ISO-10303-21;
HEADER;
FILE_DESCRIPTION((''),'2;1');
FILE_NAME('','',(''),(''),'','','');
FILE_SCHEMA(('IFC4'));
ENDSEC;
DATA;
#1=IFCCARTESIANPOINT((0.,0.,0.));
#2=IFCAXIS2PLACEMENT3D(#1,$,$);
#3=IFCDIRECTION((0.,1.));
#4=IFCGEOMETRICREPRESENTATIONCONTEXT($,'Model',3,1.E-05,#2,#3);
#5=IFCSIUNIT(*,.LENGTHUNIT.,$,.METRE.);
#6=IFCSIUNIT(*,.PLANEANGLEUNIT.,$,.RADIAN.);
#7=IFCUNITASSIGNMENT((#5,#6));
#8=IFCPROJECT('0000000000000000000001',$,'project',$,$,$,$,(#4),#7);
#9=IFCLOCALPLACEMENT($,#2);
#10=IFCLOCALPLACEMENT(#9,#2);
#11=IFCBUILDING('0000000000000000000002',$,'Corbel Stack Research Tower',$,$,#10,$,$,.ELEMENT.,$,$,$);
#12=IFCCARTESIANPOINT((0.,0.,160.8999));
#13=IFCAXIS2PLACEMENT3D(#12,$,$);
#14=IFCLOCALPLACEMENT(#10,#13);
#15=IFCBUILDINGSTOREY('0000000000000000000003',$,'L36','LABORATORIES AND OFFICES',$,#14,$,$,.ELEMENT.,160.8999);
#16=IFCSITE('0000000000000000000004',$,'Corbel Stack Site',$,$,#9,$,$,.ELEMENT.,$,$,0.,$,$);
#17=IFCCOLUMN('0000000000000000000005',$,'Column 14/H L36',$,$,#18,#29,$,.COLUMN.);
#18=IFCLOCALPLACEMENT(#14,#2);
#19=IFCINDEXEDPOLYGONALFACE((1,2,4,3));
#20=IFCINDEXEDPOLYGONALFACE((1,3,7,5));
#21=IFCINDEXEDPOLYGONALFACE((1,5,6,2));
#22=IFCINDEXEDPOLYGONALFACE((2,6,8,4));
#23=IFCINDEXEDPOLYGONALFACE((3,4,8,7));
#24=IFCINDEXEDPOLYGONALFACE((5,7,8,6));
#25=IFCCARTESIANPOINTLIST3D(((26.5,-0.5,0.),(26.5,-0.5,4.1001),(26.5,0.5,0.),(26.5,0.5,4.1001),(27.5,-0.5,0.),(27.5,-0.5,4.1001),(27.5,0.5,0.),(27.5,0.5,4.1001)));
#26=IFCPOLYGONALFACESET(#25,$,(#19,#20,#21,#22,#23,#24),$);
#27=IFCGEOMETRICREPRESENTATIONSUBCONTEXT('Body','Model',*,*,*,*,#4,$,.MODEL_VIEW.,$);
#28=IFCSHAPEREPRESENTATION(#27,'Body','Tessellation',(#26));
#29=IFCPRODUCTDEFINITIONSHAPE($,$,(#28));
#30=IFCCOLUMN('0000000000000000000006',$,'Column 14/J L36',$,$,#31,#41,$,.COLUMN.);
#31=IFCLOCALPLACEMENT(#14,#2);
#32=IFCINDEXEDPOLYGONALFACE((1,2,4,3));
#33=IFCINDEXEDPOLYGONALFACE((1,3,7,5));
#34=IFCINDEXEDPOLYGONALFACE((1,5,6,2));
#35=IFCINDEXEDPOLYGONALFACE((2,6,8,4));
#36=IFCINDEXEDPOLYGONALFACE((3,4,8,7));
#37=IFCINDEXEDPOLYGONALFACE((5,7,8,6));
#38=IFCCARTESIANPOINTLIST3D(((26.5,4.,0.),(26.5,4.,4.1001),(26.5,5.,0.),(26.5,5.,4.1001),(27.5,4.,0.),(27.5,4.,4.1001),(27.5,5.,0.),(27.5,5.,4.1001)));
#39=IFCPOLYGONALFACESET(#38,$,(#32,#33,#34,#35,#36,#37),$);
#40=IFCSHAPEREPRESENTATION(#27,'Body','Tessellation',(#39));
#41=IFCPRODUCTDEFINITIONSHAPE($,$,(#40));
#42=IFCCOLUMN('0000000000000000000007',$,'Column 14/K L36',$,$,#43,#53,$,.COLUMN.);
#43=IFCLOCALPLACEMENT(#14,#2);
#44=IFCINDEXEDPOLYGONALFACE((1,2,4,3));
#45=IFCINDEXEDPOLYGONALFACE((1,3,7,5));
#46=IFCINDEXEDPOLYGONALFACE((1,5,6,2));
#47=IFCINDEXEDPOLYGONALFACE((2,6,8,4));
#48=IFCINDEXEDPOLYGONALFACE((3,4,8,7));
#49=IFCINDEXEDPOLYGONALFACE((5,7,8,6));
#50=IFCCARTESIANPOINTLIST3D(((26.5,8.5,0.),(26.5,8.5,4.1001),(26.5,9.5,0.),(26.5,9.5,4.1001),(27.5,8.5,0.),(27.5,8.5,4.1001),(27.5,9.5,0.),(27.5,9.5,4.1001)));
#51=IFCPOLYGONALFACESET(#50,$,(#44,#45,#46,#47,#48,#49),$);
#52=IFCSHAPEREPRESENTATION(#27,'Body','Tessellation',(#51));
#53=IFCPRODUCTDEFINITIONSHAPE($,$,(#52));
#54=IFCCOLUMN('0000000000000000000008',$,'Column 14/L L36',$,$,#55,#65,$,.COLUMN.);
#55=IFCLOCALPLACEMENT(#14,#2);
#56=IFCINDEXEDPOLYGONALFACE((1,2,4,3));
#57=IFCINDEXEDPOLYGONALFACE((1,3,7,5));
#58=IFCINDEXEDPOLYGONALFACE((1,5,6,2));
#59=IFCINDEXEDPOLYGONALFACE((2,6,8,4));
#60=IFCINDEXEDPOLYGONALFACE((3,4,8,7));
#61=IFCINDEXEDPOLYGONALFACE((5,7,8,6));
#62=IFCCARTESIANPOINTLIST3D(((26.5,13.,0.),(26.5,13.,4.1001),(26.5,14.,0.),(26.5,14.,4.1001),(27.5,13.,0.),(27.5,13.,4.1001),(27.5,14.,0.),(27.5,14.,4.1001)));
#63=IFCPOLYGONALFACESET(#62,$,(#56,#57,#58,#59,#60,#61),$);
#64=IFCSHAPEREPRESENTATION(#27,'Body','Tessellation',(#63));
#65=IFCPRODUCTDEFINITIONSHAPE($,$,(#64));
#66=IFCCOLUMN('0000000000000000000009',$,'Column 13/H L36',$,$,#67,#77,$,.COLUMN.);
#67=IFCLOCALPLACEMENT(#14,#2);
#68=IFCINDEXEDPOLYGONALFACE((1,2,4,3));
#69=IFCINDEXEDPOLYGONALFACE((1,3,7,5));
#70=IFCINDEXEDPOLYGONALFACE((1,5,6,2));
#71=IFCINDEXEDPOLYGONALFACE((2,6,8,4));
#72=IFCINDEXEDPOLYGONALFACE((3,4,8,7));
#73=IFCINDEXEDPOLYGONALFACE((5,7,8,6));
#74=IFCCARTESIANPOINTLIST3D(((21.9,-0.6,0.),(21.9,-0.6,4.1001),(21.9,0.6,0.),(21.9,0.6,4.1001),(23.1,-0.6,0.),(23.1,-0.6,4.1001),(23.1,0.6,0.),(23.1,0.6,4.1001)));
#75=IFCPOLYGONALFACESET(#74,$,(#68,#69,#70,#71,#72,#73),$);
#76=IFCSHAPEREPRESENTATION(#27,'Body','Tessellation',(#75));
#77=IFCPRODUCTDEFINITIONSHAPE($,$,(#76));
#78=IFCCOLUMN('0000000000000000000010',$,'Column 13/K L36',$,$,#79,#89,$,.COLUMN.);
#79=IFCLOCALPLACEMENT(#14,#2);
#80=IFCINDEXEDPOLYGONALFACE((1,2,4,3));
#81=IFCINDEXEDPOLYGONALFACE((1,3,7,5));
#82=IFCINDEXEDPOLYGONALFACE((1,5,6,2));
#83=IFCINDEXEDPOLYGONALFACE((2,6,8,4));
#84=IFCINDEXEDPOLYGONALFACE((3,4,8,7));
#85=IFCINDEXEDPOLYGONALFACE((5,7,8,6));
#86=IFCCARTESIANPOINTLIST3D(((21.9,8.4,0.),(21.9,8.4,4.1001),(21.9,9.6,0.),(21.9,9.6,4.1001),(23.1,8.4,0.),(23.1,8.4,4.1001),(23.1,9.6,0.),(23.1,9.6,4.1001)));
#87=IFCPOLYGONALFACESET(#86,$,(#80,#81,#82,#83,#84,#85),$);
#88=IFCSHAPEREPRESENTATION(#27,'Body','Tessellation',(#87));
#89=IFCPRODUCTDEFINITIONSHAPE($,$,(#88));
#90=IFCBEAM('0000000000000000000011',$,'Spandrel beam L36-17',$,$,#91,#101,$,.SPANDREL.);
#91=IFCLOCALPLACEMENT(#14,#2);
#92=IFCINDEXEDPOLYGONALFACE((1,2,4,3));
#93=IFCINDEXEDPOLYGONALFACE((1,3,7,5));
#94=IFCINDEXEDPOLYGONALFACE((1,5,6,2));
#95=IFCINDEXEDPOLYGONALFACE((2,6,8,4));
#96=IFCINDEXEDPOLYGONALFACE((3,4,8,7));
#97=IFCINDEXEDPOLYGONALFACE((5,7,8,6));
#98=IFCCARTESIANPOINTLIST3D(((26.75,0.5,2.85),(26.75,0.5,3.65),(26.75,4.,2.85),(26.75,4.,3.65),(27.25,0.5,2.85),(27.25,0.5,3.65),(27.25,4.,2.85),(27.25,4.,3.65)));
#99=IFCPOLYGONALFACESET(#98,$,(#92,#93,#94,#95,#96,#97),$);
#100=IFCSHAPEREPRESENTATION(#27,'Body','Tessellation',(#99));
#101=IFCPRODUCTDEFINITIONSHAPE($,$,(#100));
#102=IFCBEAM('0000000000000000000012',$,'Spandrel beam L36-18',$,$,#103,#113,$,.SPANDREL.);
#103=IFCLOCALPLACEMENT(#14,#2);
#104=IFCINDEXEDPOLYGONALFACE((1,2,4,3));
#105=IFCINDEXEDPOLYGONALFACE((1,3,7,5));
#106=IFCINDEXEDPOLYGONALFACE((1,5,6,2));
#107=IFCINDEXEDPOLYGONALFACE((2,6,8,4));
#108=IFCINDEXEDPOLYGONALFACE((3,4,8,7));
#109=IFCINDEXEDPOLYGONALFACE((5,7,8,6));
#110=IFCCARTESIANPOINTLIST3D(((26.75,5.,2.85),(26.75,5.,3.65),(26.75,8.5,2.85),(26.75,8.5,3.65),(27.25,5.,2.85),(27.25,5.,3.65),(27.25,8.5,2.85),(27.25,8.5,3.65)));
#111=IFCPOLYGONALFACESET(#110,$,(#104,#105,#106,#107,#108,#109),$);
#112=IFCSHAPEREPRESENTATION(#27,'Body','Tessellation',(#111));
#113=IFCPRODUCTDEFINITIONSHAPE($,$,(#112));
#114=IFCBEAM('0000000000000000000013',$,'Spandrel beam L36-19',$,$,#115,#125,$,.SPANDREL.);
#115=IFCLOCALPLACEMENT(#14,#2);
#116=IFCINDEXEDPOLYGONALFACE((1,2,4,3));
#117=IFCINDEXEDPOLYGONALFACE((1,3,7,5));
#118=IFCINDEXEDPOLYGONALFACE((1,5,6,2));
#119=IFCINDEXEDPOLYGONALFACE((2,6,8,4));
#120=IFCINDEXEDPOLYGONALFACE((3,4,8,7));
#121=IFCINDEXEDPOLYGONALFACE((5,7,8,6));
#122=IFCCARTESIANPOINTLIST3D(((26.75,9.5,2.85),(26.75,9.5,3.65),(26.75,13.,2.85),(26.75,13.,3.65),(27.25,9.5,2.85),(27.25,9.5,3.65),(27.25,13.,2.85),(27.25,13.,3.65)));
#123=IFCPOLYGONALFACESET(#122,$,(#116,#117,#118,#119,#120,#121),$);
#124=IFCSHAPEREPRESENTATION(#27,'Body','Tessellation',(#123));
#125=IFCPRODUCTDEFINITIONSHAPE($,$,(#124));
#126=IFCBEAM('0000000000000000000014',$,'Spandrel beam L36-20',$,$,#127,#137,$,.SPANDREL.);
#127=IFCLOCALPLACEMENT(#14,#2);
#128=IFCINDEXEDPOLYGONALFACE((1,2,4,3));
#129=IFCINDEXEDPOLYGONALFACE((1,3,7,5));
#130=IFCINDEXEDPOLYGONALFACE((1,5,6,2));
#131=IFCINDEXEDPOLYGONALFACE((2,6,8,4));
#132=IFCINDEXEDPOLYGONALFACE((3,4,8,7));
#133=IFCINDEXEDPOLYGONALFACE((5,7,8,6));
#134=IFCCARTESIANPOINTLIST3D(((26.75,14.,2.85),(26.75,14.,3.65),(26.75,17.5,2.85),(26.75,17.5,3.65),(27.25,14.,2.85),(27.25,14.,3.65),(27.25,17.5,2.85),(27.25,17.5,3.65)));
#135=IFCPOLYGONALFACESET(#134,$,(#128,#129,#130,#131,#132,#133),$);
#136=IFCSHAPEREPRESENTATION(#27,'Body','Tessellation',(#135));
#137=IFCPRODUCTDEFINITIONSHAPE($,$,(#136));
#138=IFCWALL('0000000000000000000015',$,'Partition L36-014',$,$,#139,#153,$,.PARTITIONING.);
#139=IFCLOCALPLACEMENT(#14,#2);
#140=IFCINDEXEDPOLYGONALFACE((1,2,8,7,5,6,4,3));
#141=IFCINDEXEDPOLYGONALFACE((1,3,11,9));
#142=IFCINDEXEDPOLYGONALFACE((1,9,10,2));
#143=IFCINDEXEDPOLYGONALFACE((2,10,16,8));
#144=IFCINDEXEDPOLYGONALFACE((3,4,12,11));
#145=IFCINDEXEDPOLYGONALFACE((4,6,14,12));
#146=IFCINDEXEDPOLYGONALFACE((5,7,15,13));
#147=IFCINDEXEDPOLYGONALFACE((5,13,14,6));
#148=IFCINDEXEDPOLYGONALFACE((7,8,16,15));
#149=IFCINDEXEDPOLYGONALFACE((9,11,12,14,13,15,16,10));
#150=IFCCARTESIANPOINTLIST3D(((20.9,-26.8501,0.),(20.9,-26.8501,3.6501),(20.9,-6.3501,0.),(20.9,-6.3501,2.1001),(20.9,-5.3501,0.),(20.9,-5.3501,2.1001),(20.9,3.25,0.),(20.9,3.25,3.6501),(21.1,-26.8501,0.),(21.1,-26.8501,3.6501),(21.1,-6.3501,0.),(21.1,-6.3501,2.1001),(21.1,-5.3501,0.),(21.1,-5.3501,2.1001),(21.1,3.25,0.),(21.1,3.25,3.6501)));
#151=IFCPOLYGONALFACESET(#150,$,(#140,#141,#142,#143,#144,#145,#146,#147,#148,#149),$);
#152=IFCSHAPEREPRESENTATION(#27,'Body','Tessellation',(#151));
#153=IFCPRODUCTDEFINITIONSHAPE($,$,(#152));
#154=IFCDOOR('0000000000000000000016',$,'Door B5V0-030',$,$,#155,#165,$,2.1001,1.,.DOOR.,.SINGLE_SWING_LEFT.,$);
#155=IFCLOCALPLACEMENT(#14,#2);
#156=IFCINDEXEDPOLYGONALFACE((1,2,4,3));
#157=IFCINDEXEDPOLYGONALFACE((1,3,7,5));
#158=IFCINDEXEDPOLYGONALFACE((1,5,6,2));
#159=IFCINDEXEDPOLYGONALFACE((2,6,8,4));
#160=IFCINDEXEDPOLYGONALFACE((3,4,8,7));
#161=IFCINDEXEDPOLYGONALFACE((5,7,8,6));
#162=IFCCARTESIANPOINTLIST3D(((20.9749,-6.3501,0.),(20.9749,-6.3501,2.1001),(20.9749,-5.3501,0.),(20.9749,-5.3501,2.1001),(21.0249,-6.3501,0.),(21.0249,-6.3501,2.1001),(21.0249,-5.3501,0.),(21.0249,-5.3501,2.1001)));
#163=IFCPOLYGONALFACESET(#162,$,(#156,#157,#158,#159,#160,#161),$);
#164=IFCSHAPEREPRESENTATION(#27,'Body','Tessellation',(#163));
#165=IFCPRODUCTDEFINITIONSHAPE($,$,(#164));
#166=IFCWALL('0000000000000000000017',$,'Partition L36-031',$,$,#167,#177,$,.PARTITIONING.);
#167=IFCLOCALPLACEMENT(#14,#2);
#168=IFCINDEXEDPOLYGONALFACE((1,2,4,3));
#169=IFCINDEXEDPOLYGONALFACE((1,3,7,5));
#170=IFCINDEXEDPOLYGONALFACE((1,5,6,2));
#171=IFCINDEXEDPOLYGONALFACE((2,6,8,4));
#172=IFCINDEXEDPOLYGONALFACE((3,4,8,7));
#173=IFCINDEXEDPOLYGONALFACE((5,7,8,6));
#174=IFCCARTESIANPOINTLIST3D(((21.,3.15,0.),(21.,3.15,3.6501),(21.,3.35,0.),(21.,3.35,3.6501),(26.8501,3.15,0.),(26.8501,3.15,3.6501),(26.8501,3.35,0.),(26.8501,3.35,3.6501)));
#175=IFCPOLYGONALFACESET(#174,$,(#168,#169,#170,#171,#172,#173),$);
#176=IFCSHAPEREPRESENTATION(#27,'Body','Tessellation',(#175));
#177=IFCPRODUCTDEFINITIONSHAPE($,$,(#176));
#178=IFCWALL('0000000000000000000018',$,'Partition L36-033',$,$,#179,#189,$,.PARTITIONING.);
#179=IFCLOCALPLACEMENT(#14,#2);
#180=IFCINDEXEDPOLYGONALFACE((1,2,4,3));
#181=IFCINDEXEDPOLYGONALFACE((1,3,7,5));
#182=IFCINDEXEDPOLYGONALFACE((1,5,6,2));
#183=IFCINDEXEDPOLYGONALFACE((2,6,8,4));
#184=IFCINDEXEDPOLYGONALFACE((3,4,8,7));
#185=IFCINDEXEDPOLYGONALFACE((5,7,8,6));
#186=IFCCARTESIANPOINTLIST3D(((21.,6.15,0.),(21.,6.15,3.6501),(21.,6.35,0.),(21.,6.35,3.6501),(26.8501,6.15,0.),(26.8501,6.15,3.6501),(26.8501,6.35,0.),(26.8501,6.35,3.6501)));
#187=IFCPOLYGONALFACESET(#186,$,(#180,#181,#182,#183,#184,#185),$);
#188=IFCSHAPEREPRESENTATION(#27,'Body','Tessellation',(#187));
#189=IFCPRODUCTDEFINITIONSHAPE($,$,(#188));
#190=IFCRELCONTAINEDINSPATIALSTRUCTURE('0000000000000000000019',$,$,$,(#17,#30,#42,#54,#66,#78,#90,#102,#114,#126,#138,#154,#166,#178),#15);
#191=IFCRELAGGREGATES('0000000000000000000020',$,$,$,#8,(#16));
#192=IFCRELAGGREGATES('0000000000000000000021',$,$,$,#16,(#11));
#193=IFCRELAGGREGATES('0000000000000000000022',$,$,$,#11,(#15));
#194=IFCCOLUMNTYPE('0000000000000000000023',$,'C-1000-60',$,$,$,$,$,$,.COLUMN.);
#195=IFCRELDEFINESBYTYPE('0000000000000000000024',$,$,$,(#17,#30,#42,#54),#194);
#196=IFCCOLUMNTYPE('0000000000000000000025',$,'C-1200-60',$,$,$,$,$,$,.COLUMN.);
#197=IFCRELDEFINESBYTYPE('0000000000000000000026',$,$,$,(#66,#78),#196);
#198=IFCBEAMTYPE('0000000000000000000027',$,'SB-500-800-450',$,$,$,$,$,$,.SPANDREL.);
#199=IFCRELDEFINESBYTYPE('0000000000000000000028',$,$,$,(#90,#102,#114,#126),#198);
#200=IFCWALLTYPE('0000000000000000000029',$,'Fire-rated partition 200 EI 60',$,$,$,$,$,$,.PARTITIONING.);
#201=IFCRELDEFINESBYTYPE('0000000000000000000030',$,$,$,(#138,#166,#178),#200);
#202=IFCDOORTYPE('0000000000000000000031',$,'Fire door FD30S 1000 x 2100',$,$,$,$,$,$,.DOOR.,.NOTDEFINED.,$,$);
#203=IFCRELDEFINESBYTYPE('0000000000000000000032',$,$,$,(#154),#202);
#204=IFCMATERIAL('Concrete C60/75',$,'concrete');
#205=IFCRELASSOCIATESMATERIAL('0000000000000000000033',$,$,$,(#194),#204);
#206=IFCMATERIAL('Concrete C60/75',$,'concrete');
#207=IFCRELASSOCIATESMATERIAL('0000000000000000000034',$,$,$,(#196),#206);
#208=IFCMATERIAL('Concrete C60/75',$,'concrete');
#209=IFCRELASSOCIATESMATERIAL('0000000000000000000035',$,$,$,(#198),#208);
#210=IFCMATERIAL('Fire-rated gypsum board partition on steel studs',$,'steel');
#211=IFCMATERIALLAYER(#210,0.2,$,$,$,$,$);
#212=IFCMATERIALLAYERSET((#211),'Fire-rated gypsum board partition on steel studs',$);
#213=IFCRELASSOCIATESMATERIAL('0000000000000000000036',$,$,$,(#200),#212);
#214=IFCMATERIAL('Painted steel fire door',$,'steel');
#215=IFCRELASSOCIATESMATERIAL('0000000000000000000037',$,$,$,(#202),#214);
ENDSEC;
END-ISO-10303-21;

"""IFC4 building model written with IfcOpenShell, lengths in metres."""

from ifc_helpers import new_model, si_unit, direction, frame, frame_2d, origin, origin_2d, place, context, subcontext, project, spatial, rectangle, extrude, material, layer, layer_set, material_profile, profile_set, type_object, element, fill, save


model = new_model("IFC4")

# Units and contexts
model_context = context("Model", 3, precision=1e-05, world=origin(), true_north=direction((0.0, 1.0)))
body_context = subcontext(model_context, "Body", "Model", "MODEL_VIEW")
ifc_project = project(units=[si_unit("LENGTHUNIT", "METRE"), si_unit("PLANEANGLEUNIT", "RADIAN")], contexts=[model_context])

# Site, building, storey
site_placement = place(None, origin())
site = spatial("IfcSite", under=ifc_project, at=site_placement, Name="Corbel Stack Site", CompositionType="ELEMENT", RefElevation=0.0)
building_placement = place(site_placement, origin())
building = spatial("IfcBuilding", under=site, at=building_placement, Name="Corbel Stack Research Tower", CompositionType="ELEMENT")
storey_placement = place(building_placement, frame((0.0, 0.0, 160.8999)))
storey = spatial("IfcBuildingStorey", under=building, at=storey_placement, Name="L36", Description="LABORATORIES AND OFFICES", CompositionType="ELEMENT", Elevation=160.8999)

# Columns
ifc_material_1 = material(Name="Concrete C60/75", Category="concrete")
ifc_material_profile_1 = material_profile(ifc_material_1, rectangle(XDim=1.0, YDim=1.0, at=origin_2d()), Name="RC 1000 x 1000")
ifc_profile_set_1 = profile_set([ifc_material_profile_1], Name="Concrete C60/75")
column_type_1 = type_object("IfcColumnType", Name="C-1000-60", PredefinedType="COLUMN", material=ifc_profile_set_1)
for number, where, z_axis, x_axis, name in (
    (1, (27.0, 0.0, 0.0), (0.0, 0.0, 1.0), (1.0, 0.0, 0.0), "Column 14/H L36"),
    (2, (27.0, 4.5, 0.0), (0.0, 0.0, 1.0), (1.0, 0.0, 0.0), "Column 14/J L36"),
    (3, (27.0, 9.0, 0.0), (0.0, 0.0, 1.0), (1.0, 0.0, 0.0), "Column 14/K L36"),
    (4, (27.0, 13.5, 0.0), (0.0, 0.0, 1.0), (1.0, 0.0, 0.0), "Column 14/L L36"),
):
    element("IfcColumn", number, at=place(storey_placement, frame(where, z_axis=z_axis, x_axis=x_axis)), inside=storey, type_object=column_type_1, Name=name, PredefinedType="COLUMN", context=body_context, shape_type="SweptSolid", body=[
        extrude(rectangle(XDim=1.0, YDim=1.0, at=origin_2d()), origin(), (0.0, 0.0, 1.0), 4.1001),
    ])
ifc_material_2 = material(Name="Concrete C60/75", Category="concrete")
ifc_material_profile_2 = material_profile(ifc_material_2, rectangle(XDim=1.2, YDim=1.2, at=origin_2d()), Name="RC 1200 x 1200")
ifc_profile_set_2 = profile_set([ifc_material_profile_2], Name="Concrete C60/75")
column_type_2 = type_object("IfcColumnType", Name="C-1200-60", PredefinedType="COLUMN", material=ifc_profile_set_2)
for number, where, z_axis, x_axis, name in (
    (5, (22.5, 0.0, 0.0), (0.0, 0.0, 1.0), (1.0, 0.0, 0.0), "Column 13/H L36"),
    (6, (22.5, 9.0, 0.0), (0.0, 0.0, 1.0), (1.0, 0.0, 0.0), "Column 13/K L36"),
):
    element("IfcColumn", number, at=place(storey_placement, frame(where, z_axis=z_axis, x_axis=x_axis)), inside=storey, type_object=column_type_2, Name=name, PredefinedType="COLUMN", context=body_context, shape_type="SweptSolid", body=[
        extrude(rectangle(XDim=1.2, YDim=1.2, at=origin_2d()), origin(), (0.0, 0.0, 1.0), 4.1001),
    ])

# Beams
ifc_material_3 = material(Name="Concrete C60/75", Category="concrete")
ifc_material_profile_3 = material_profile(ifc_material_3, rectangle(XDim=0.5, YDim=0.8, at=origin_2d()), Name="RC 500 x 800")
ifc_profile_set_3 = profile_set([ifc_material_profile_3], Name="Concrete C60/75")
beam_type = type_object("IfcBeamType", Name="SB-500-800-450", PredefinedType="SPANDREL", material=ifc_profile_set_3)
for number, where, z_axis, x_axis, name in (
    (7, (27.0, 0.5, 3.25), (0.0, 1.0, 0.0), (-1.0, 0.0, 0.0), "Spandrel beam L36-17"),
    (8, (27.0, 5.0, 3.25), (0.0, 1.0, 0.0), (-1.0, 0.0, 0.0), "Spandrel beam L36-18"),
    (9, (27.0, 9.5, 3.25), (0.0, 1.0, 0.0), (-1.0, 0.0, 0.0), "Spandrel beam L36-19"),
    (10, (27.0, 14.0, 3.25), (0.0, 1.0, 0.0), (-1.0, 0.0, 0.0), "Spandrel beam L36-20"),
):
    element("IfcBeam", number, at=place(storey_placement, frame(where, z_axis=z_axis, x_axis=x_axis)), inside=storey, type_object=beam_type, Name=name, PredefinedType="SPANDREL", context=body_context, shape_type="SweptSolid", body=[
        extrude(rectangle(XDim=0.5, YDim=0.8, at=origin_2d()), origin(), (0.0, 0.0, 1.0), 3.5),
    ])

# Wall, opening, door
ifc_material_4 = material(Name="Fire-rated gypsum board partition on steel studs", Category="steel")
ifc_layer_1 = layer(ifc_material_4, 0.2)
ifc_layer_set_1 = layer_set([ifc_layer_1], Name="Fire-rated gypsum board partition on steel studs")
wall_type_1 = type_object("IfcWallType", Name="Fire-rated partition 200 EI 60", PredefinedType="PARTITIONING", material=ifc_layer_set_1)
wall_1_placement = place(storey_placement, frame((21.0, 3.25, 0.0), z_axis=(0.0, 0.0, 1.0), x_axis=(0.0, -1.0, 0.0)))
wall_1 = element("IfcWall", 11, at=wall_1_placement, inside=storey, type_object=wall_type_1, Name="Partition L36-014", PredefinedType="PARTITIONING", context=body_context, shape_type="SweptSolid", body=[
    extrude(rectangle(XDim=30.1001, YDim=0.2, at=frame_2d((15.05, 0.0))), origin(), (0.0, 0.0, 1.0), 3.6501),
])
opening_1_placement = place(wall_1_placement, frame((8.6001, 0.0, 0.0)))
opening_1 = element("IfcOpeningElement", 12, at=opening_1_placement, cuts=wall_1, PredefinedType="OPENING", context=body_context, shape_type="SweptSolid", body=[
    extrude(rectangle(XDim=1.0, YDim=2.1001, at=frame_2d((0.5, 1.05))), frame((0.0, 0.1099, 0.0), z_axis=(0.0, -1.0, 0.0), x_axis=(1.0, 0.0, 0.0)), (0.0, 0.0, 1.0), 0.22),
])
ifc_material_5 = material(Name="Painted steel fire door", Category="steel")
door_type_1 = type_object("IfcDoorType", Name="Fire door FD30S 1000 x 2100", OperationType="NOTDEFINED", PredefinedType="DOOR", material=ifc_material_5)
door_1_placement = place(opening_1_placement, origin())
door_1 = element("IfcDoor", 13, at=door_1_placement, inside=storey, type_object=door_type_1, Name="Door B5V0-030", OperationType="SINGLE_SWING_LEFT", OverallHeight=2.1001, OverallWidth=1.0, PredefinedType="DOOR", context=body_context, shape_type="SweptSolid", body=[
    extrude(rectangle(XDim=1.0, YDim=2.1001, at=frame_2d((0.5, 1.05))), frame((0.0, 0.0249, 0.0), z_axis=(0.0, -1.0, 0.0), x_axis=(1.0, 0.0, 0.0)), (0.0, 0.0, 1.0), 0.05),
])
fill(opening_1, door_1)

# Walls
for number, where, z_axis, x_axis, name in (
    (14, (21.0, 3.25, 0.0), (0.0, 0.0, 1.0), (1.0, 0.0, 0.0), "Partition L36-031"),
    (15, (21.0, 6.25, 0.0), (0.0, 0.0, 1.0), (1.0, 0.0, 0.0), "Partition L36-033"),
):
    element("IfcWall", number, at=place(storey_placement, frame(where, z_axis=z_axis, x_axis=x_axis)), inside=storey, type_object=wall_type_1, Name=name, PredefinedType="PARTITIONING", context=body_context, shape_type="SweptSolid", body=[
        extrude(rectangle(XDim=5.8501, YDim=0.2, at=frame_2d((2.925, 0.0))), origin(), (0.0, 0.0, 1.0), 3.6501),
    ])

save(model, "model.ifc")
